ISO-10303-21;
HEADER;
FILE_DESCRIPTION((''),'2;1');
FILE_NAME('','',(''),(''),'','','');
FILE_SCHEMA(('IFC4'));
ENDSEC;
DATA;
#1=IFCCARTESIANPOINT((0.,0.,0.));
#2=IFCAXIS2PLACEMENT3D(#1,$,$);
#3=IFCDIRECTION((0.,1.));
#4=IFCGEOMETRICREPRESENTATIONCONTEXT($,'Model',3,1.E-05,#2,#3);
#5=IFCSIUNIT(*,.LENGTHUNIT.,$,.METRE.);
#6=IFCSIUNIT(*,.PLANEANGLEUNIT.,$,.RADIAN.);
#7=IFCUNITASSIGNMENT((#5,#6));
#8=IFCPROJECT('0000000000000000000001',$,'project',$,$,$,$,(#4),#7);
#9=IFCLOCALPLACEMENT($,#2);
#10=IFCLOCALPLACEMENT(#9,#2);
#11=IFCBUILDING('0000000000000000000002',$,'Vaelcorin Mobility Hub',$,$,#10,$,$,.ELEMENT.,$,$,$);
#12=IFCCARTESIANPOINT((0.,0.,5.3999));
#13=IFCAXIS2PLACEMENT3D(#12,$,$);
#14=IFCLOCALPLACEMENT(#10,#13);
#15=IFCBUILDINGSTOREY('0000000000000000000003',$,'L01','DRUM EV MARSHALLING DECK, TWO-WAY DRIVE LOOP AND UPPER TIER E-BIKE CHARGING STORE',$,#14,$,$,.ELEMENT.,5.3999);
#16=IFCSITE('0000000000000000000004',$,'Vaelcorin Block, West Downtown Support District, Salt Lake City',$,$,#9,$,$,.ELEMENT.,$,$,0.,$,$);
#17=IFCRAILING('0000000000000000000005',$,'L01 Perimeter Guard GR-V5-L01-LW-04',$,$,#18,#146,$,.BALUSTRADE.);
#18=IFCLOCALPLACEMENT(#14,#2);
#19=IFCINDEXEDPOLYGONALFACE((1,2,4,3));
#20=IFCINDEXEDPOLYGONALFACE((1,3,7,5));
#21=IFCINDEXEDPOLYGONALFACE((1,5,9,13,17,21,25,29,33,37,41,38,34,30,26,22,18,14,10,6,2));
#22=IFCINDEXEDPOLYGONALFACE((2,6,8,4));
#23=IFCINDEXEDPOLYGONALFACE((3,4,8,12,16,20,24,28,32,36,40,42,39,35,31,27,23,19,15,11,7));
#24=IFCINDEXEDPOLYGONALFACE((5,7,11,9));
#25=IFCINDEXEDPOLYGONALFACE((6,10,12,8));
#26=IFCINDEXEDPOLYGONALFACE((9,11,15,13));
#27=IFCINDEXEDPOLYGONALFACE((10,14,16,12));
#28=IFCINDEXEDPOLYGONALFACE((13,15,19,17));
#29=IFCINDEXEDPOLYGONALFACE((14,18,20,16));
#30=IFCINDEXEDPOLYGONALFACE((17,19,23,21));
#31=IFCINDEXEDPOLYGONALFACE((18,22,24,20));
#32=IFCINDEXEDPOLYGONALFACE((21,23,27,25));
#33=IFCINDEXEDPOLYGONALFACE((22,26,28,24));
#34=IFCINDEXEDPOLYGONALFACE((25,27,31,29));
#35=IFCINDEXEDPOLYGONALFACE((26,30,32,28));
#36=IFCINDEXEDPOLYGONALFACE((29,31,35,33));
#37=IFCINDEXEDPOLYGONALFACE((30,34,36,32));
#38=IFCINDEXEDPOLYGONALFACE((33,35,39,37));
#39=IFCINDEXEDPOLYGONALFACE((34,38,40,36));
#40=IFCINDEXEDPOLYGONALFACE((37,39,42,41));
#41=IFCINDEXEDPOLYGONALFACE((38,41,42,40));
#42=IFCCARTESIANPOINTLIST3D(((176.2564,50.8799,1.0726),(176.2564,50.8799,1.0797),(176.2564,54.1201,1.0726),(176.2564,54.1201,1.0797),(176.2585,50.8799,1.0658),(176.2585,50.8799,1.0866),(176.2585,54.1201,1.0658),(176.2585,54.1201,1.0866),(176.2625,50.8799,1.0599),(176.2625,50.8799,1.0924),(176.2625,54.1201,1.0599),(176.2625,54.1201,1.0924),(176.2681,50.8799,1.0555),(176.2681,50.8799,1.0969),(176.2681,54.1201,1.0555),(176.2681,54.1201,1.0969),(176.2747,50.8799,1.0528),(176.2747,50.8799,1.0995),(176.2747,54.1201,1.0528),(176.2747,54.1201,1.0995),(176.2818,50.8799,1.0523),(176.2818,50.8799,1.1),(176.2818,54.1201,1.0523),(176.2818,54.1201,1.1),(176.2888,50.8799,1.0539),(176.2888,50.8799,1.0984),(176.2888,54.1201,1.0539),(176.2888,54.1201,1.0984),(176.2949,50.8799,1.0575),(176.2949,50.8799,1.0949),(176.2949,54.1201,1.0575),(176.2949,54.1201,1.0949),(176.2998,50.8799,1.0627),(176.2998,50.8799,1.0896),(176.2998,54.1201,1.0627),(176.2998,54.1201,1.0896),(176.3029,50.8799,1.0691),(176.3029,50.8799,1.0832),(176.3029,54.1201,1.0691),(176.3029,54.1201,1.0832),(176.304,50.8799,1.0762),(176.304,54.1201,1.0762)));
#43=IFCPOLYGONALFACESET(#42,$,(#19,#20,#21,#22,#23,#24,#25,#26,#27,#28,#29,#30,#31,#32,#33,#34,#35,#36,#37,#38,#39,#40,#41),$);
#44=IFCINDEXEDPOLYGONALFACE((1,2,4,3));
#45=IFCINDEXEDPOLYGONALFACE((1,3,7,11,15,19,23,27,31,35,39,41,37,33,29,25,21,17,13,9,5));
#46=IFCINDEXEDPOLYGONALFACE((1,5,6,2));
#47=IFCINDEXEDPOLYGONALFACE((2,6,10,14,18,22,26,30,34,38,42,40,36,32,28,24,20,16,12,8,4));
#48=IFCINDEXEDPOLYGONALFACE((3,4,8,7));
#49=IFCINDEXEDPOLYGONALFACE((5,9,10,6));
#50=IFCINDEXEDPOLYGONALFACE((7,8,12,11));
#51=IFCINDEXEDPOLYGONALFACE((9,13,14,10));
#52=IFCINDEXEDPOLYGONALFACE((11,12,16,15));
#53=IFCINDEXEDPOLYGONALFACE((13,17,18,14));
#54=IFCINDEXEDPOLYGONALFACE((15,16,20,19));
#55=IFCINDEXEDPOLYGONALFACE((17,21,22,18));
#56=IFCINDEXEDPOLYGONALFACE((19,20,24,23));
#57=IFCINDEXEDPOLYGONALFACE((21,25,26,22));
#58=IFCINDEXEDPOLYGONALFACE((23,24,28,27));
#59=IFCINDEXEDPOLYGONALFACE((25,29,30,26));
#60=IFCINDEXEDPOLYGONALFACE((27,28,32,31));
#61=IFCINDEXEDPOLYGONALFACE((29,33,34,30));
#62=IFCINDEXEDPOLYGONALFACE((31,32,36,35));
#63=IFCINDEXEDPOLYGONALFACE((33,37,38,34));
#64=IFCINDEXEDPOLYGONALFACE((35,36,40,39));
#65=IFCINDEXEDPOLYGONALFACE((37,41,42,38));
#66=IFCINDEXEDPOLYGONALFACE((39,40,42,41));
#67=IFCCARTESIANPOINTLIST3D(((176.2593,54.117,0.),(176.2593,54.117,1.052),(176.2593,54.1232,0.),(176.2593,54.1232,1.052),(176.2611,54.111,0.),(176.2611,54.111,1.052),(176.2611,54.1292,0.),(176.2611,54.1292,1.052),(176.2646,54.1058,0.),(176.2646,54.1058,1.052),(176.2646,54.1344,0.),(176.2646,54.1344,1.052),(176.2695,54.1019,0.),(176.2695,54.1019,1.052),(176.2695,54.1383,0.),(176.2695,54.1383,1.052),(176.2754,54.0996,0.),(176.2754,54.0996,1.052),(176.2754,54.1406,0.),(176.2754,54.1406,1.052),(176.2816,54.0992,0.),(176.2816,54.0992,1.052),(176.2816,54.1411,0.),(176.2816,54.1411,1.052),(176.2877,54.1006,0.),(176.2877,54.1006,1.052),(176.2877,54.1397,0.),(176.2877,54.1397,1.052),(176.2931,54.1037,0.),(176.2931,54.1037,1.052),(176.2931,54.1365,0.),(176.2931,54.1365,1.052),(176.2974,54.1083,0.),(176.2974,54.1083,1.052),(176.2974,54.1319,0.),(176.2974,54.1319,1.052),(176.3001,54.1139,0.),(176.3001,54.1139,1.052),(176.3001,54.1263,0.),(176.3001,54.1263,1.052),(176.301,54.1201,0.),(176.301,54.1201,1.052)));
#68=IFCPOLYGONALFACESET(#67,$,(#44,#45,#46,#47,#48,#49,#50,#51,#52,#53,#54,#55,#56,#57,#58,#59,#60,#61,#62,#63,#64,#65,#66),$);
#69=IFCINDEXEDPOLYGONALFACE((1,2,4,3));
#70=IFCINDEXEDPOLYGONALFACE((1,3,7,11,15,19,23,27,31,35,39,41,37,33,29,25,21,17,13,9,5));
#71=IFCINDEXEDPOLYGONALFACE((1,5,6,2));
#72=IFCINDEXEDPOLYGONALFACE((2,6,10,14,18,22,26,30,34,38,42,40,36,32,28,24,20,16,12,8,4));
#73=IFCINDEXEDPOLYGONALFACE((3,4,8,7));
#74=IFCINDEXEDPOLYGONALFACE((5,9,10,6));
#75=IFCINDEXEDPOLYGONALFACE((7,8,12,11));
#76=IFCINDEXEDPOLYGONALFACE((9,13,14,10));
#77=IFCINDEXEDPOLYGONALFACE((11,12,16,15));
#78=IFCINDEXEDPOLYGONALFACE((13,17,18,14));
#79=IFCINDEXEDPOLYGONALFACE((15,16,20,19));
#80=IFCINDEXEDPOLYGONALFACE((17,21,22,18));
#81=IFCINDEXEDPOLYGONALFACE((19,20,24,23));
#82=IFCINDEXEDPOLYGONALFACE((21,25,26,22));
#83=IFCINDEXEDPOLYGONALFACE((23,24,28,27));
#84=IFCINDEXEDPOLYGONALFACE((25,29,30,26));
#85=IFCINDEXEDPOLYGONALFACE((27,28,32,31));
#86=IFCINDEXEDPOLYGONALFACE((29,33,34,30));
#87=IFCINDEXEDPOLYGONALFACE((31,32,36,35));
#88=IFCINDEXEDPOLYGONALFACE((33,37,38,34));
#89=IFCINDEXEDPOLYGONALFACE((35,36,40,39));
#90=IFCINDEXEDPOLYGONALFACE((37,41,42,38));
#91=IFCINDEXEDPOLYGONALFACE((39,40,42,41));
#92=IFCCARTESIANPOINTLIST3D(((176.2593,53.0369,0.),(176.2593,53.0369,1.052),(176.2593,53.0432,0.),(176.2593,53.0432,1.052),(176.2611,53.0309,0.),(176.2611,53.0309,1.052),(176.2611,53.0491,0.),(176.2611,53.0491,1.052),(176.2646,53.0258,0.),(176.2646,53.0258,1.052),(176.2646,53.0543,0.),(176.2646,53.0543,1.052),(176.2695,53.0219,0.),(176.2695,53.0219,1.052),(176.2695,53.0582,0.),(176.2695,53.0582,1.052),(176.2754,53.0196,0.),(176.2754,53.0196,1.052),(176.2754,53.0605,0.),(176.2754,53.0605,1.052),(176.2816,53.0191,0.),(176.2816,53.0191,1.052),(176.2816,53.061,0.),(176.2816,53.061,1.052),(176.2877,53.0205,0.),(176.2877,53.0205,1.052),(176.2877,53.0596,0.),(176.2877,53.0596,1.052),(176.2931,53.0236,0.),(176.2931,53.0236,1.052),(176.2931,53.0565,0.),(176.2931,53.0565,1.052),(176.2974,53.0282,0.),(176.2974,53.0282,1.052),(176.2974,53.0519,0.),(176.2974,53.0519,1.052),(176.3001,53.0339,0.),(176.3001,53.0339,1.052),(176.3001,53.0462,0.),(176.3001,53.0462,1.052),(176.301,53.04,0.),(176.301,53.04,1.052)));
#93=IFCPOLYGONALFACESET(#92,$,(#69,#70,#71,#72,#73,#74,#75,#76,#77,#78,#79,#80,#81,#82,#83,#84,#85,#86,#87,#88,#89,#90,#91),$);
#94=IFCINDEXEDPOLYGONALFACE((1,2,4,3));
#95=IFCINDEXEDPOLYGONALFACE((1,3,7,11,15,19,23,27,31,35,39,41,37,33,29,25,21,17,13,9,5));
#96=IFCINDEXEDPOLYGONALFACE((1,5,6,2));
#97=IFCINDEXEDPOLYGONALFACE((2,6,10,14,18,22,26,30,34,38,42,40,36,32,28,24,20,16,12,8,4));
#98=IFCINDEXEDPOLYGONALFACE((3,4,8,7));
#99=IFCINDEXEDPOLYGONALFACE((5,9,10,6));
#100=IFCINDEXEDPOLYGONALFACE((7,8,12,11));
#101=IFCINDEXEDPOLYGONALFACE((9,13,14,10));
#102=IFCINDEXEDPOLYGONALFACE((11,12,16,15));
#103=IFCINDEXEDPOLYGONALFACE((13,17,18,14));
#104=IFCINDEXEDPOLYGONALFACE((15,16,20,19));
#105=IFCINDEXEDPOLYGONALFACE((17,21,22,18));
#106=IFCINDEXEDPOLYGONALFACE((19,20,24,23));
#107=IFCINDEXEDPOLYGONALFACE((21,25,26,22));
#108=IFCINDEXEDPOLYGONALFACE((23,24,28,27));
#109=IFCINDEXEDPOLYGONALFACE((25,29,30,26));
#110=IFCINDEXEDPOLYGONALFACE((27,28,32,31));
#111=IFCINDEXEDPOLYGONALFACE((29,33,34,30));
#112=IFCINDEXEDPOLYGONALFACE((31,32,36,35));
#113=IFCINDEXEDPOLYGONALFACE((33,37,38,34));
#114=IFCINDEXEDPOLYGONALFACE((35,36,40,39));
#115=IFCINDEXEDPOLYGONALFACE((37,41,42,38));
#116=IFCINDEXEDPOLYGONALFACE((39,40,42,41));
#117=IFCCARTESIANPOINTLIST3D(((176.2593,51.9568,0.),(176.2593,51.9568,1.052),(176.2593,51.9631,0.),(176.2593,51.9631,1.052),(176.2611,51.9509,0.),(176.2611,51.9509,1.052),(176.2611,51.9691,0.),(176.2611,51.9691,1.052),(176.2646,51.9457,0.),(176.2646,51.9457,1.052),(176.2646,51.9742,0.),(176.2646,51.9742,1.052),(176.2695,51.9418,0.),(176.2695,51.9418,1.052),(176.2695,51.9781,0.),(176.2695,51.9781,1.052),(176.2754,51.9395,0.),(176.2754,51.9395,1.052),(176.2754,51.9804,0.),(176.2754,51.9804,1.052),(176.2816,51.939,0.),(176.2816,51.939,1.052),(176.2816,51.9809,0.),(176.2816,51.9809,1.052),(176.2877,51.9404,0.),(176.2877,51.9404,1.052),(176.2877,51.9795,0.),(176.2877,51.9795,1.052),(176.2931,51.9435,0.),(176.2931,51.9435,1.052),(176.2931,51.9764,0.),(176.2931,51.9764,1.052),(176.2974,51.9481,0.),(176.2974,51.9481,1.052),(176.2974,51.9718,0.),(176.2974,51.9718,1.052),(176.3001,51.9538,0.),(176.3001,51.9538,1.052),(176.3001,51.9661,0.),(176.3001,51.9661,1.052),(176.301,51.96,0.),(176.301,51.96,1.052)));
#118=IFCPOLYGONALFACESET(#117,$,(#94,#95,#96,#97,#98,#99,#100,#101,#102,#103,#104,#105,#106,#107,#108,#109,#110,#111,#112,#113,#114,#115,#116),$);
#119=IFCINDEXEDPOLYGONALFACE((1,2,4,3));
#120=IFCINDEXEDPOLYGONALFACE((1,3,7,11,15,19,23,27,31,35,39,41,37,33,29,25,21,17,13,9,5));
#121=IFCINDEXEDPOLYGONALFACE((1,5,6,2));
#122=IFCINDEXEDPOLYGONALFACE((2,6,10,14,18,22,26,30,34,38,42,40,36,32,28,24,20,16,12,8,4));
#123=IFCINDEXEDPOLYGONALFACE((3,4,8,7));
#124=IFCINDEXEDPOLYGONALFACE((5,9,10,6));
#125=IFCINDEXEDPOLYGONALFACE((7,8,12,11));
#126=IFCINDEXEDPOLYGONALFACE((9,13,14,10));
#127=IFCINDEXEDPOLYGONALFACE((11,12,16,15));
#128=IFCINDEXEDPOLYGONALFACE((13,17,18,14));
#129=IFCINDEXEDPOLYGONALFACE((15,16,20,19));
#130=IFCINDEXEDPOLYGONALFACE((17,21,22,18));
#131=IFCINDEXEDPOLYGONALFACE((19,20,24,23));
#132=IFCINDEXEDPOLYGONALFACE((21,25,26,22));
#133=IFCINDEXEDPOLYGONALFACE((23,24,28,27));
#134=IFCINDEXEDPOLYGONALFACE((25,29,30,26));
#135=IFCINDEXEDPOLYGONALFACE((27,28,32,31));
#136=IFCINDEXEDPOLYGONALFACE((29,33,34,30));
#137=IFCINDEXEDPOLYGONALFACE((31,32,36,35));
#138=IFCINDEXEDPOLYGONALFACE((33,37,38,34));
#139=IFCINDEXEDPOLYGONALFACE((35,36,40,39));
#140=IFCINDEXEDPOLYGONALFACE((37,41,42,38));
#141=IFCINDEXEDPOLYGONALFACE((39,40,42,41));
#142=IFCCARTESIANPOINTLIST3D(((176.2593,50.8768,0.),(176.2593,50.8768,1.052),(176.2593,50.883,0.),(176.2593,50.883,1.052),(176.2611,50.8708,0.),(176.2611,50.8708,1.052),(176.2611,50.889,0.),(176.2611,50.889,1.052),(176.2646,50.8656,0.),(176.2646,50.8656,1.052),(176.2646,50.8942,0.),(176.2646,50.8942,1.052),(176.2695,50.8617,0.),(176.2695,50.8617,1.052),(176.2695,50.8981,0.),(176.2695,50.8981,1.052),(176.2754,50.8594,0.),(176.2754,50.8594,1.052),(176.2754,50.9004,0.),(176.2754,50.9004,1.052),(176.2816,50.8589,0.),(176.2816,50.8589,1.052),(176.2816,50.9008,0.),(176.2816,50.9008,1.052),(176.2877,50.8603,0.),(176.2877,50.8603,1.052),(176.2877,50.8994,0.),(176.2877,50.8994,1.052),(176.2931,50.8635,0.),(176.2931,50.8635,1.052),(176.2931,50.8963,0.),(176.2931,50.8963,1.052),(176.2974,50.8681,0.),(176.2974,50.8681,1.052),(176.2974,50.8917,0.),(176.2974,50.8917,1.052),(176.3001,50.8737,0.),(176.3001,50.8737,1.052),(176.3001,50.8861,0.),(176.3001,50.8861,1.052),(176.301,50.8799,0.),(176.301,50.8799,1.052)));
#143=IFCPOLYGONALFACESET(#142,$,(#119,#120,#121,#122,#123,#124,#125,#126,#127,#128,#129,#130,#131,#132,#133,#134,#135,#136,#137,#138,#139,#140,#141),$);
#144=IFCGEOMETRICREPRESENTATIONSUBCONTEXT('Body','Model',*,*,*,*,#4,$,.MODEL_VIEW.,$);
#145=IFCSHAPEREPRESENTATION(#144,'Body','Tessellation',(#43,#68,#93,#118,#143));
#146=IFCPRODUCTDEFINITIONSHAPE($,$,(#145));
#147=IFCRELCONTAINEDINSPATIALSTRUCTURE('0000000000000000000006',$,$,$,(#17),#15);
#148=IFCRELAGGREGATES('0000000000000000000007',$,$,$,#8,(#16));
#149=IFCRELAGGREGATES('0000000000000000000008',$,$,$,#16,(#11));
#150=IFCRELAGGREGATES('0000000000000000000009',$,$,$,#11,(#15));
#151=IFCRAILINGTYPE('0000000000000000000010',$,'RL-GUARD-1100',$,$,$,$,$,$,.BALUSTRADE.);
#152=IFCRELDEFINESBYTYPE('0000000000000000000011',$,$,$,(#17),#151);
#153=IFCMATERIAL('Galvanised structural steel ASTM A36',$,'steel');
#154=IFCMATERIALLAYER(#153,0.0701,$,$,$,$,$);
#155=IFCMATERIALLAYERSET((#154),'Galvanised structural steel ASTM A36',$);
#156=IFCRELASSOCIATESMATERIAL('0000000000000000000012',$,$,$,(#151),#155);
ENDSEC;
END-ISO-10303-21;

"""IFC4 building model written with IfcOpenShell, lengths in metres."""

from ifc_helpers import new_model, si_unit, direction, frame, origin, origin_2d, place, context, subcontext, project, spatial, circle, extrude, material, layer, layer_set, type_object, element, save


model = new_model("IFC4")

# Units and contexts
model_context = context("Model", 3, precision=1e-05, world=origin(), true_north=direction((0.0, 1.0)))
body_context = subcontext(model_context, "Body", "Model", "MODEL_VIEW")
ifc_project = project(units=[si_unit("LENGTHUNIT", "METRE"), si_unit("PLANEANGLEUNIT", "RADIAN")], contexts=[model_context])

# Site, building, storey
site_placement = place(None, origin())
site = spatial("IfcSite", under=ifc_project, at=site_placement, Name="Vaelcorin Block, West Downtown Support District, Salt Lake City", CompositionType="ELEMENT", RefElevation=0.0)
building_placement = place(site_placement, origin())
building = spatial("IfcBuilding", under=site, at=building_placement, Name="Vaelcorin Mobility Hub", CompositionType="ELEMENT")
storey_placement = place(building_placement, frame((0.0, 0.0, 5.3999)))
storey = spatial("IfcBuildingStorey", under=building, at=storey_placement, Name="L01", Description="DRUM EV MARSHALLING DECK, TWO-WAY DRIVE LOOP AND UPPER TIER E-BIKE CHARGING STORE", CompositionType="ELEMENT", Elevation=5.3999)

# Railing
ifc_material_1 = material(Name="Galvanised structural steel ASTM A36", Category="steel")
ifc_layer_1 = layer(ifc_material_1, 0.0701)
ifc_layer_set_1 = layer_set([ifc_layer_1], Name="Galvanised structural steel ASTM A36")
railing_type = type_object("IfcRailingType", Name="RL-GUARD-1100", PredefinedType="BALUSTRADE", material=ifc_layer_set_1)
railing_1_placement = place(storey_placement, frame((176.28, 54.1201, 0.0)))
element("IfcRailing", 1, at=railing_1_placement, inside=storey, type_object=railing_type, Name="L01 Perimeter Guard GR-V5-L01-LW-04", PredefinedType="BALUSTRADE", context=body_context, shape_type="SweptSolid", body=[
    extrude(circle(Radius=0.0239, at=origin_2d()), frame((0.0, 0.0, 1.0762), z_axis=(0.0, -1.0, 0.0), x_axis=(1.0, 0.0, 0.0)), (0.0, 0.0, 1.0), 3.2402),
    extrude(circle(Radius=0.021, at=origin_2d()), origin(), (0.0, 0.0, 1.0), 1.052),
    extrude(circle(Radius=0.021, at=origin_2d()), frame((0.0, -1.0801, 0.0)), (0.0, 0.0, 1.0), 1.052),
    extrude(circle(Radius=0.021, at=origin_2d()), frame((0.0, -2.1602, 0.0)), (0.0, 0.0, 1.0), 1.052),
    extrude(circle(Radius=0.021, at=origin_2d()), frame((0.0, -3.2402, 0.0)), (0.0, 0.0, 1.0), 1.052),
])

save(model, "model.ifc")
